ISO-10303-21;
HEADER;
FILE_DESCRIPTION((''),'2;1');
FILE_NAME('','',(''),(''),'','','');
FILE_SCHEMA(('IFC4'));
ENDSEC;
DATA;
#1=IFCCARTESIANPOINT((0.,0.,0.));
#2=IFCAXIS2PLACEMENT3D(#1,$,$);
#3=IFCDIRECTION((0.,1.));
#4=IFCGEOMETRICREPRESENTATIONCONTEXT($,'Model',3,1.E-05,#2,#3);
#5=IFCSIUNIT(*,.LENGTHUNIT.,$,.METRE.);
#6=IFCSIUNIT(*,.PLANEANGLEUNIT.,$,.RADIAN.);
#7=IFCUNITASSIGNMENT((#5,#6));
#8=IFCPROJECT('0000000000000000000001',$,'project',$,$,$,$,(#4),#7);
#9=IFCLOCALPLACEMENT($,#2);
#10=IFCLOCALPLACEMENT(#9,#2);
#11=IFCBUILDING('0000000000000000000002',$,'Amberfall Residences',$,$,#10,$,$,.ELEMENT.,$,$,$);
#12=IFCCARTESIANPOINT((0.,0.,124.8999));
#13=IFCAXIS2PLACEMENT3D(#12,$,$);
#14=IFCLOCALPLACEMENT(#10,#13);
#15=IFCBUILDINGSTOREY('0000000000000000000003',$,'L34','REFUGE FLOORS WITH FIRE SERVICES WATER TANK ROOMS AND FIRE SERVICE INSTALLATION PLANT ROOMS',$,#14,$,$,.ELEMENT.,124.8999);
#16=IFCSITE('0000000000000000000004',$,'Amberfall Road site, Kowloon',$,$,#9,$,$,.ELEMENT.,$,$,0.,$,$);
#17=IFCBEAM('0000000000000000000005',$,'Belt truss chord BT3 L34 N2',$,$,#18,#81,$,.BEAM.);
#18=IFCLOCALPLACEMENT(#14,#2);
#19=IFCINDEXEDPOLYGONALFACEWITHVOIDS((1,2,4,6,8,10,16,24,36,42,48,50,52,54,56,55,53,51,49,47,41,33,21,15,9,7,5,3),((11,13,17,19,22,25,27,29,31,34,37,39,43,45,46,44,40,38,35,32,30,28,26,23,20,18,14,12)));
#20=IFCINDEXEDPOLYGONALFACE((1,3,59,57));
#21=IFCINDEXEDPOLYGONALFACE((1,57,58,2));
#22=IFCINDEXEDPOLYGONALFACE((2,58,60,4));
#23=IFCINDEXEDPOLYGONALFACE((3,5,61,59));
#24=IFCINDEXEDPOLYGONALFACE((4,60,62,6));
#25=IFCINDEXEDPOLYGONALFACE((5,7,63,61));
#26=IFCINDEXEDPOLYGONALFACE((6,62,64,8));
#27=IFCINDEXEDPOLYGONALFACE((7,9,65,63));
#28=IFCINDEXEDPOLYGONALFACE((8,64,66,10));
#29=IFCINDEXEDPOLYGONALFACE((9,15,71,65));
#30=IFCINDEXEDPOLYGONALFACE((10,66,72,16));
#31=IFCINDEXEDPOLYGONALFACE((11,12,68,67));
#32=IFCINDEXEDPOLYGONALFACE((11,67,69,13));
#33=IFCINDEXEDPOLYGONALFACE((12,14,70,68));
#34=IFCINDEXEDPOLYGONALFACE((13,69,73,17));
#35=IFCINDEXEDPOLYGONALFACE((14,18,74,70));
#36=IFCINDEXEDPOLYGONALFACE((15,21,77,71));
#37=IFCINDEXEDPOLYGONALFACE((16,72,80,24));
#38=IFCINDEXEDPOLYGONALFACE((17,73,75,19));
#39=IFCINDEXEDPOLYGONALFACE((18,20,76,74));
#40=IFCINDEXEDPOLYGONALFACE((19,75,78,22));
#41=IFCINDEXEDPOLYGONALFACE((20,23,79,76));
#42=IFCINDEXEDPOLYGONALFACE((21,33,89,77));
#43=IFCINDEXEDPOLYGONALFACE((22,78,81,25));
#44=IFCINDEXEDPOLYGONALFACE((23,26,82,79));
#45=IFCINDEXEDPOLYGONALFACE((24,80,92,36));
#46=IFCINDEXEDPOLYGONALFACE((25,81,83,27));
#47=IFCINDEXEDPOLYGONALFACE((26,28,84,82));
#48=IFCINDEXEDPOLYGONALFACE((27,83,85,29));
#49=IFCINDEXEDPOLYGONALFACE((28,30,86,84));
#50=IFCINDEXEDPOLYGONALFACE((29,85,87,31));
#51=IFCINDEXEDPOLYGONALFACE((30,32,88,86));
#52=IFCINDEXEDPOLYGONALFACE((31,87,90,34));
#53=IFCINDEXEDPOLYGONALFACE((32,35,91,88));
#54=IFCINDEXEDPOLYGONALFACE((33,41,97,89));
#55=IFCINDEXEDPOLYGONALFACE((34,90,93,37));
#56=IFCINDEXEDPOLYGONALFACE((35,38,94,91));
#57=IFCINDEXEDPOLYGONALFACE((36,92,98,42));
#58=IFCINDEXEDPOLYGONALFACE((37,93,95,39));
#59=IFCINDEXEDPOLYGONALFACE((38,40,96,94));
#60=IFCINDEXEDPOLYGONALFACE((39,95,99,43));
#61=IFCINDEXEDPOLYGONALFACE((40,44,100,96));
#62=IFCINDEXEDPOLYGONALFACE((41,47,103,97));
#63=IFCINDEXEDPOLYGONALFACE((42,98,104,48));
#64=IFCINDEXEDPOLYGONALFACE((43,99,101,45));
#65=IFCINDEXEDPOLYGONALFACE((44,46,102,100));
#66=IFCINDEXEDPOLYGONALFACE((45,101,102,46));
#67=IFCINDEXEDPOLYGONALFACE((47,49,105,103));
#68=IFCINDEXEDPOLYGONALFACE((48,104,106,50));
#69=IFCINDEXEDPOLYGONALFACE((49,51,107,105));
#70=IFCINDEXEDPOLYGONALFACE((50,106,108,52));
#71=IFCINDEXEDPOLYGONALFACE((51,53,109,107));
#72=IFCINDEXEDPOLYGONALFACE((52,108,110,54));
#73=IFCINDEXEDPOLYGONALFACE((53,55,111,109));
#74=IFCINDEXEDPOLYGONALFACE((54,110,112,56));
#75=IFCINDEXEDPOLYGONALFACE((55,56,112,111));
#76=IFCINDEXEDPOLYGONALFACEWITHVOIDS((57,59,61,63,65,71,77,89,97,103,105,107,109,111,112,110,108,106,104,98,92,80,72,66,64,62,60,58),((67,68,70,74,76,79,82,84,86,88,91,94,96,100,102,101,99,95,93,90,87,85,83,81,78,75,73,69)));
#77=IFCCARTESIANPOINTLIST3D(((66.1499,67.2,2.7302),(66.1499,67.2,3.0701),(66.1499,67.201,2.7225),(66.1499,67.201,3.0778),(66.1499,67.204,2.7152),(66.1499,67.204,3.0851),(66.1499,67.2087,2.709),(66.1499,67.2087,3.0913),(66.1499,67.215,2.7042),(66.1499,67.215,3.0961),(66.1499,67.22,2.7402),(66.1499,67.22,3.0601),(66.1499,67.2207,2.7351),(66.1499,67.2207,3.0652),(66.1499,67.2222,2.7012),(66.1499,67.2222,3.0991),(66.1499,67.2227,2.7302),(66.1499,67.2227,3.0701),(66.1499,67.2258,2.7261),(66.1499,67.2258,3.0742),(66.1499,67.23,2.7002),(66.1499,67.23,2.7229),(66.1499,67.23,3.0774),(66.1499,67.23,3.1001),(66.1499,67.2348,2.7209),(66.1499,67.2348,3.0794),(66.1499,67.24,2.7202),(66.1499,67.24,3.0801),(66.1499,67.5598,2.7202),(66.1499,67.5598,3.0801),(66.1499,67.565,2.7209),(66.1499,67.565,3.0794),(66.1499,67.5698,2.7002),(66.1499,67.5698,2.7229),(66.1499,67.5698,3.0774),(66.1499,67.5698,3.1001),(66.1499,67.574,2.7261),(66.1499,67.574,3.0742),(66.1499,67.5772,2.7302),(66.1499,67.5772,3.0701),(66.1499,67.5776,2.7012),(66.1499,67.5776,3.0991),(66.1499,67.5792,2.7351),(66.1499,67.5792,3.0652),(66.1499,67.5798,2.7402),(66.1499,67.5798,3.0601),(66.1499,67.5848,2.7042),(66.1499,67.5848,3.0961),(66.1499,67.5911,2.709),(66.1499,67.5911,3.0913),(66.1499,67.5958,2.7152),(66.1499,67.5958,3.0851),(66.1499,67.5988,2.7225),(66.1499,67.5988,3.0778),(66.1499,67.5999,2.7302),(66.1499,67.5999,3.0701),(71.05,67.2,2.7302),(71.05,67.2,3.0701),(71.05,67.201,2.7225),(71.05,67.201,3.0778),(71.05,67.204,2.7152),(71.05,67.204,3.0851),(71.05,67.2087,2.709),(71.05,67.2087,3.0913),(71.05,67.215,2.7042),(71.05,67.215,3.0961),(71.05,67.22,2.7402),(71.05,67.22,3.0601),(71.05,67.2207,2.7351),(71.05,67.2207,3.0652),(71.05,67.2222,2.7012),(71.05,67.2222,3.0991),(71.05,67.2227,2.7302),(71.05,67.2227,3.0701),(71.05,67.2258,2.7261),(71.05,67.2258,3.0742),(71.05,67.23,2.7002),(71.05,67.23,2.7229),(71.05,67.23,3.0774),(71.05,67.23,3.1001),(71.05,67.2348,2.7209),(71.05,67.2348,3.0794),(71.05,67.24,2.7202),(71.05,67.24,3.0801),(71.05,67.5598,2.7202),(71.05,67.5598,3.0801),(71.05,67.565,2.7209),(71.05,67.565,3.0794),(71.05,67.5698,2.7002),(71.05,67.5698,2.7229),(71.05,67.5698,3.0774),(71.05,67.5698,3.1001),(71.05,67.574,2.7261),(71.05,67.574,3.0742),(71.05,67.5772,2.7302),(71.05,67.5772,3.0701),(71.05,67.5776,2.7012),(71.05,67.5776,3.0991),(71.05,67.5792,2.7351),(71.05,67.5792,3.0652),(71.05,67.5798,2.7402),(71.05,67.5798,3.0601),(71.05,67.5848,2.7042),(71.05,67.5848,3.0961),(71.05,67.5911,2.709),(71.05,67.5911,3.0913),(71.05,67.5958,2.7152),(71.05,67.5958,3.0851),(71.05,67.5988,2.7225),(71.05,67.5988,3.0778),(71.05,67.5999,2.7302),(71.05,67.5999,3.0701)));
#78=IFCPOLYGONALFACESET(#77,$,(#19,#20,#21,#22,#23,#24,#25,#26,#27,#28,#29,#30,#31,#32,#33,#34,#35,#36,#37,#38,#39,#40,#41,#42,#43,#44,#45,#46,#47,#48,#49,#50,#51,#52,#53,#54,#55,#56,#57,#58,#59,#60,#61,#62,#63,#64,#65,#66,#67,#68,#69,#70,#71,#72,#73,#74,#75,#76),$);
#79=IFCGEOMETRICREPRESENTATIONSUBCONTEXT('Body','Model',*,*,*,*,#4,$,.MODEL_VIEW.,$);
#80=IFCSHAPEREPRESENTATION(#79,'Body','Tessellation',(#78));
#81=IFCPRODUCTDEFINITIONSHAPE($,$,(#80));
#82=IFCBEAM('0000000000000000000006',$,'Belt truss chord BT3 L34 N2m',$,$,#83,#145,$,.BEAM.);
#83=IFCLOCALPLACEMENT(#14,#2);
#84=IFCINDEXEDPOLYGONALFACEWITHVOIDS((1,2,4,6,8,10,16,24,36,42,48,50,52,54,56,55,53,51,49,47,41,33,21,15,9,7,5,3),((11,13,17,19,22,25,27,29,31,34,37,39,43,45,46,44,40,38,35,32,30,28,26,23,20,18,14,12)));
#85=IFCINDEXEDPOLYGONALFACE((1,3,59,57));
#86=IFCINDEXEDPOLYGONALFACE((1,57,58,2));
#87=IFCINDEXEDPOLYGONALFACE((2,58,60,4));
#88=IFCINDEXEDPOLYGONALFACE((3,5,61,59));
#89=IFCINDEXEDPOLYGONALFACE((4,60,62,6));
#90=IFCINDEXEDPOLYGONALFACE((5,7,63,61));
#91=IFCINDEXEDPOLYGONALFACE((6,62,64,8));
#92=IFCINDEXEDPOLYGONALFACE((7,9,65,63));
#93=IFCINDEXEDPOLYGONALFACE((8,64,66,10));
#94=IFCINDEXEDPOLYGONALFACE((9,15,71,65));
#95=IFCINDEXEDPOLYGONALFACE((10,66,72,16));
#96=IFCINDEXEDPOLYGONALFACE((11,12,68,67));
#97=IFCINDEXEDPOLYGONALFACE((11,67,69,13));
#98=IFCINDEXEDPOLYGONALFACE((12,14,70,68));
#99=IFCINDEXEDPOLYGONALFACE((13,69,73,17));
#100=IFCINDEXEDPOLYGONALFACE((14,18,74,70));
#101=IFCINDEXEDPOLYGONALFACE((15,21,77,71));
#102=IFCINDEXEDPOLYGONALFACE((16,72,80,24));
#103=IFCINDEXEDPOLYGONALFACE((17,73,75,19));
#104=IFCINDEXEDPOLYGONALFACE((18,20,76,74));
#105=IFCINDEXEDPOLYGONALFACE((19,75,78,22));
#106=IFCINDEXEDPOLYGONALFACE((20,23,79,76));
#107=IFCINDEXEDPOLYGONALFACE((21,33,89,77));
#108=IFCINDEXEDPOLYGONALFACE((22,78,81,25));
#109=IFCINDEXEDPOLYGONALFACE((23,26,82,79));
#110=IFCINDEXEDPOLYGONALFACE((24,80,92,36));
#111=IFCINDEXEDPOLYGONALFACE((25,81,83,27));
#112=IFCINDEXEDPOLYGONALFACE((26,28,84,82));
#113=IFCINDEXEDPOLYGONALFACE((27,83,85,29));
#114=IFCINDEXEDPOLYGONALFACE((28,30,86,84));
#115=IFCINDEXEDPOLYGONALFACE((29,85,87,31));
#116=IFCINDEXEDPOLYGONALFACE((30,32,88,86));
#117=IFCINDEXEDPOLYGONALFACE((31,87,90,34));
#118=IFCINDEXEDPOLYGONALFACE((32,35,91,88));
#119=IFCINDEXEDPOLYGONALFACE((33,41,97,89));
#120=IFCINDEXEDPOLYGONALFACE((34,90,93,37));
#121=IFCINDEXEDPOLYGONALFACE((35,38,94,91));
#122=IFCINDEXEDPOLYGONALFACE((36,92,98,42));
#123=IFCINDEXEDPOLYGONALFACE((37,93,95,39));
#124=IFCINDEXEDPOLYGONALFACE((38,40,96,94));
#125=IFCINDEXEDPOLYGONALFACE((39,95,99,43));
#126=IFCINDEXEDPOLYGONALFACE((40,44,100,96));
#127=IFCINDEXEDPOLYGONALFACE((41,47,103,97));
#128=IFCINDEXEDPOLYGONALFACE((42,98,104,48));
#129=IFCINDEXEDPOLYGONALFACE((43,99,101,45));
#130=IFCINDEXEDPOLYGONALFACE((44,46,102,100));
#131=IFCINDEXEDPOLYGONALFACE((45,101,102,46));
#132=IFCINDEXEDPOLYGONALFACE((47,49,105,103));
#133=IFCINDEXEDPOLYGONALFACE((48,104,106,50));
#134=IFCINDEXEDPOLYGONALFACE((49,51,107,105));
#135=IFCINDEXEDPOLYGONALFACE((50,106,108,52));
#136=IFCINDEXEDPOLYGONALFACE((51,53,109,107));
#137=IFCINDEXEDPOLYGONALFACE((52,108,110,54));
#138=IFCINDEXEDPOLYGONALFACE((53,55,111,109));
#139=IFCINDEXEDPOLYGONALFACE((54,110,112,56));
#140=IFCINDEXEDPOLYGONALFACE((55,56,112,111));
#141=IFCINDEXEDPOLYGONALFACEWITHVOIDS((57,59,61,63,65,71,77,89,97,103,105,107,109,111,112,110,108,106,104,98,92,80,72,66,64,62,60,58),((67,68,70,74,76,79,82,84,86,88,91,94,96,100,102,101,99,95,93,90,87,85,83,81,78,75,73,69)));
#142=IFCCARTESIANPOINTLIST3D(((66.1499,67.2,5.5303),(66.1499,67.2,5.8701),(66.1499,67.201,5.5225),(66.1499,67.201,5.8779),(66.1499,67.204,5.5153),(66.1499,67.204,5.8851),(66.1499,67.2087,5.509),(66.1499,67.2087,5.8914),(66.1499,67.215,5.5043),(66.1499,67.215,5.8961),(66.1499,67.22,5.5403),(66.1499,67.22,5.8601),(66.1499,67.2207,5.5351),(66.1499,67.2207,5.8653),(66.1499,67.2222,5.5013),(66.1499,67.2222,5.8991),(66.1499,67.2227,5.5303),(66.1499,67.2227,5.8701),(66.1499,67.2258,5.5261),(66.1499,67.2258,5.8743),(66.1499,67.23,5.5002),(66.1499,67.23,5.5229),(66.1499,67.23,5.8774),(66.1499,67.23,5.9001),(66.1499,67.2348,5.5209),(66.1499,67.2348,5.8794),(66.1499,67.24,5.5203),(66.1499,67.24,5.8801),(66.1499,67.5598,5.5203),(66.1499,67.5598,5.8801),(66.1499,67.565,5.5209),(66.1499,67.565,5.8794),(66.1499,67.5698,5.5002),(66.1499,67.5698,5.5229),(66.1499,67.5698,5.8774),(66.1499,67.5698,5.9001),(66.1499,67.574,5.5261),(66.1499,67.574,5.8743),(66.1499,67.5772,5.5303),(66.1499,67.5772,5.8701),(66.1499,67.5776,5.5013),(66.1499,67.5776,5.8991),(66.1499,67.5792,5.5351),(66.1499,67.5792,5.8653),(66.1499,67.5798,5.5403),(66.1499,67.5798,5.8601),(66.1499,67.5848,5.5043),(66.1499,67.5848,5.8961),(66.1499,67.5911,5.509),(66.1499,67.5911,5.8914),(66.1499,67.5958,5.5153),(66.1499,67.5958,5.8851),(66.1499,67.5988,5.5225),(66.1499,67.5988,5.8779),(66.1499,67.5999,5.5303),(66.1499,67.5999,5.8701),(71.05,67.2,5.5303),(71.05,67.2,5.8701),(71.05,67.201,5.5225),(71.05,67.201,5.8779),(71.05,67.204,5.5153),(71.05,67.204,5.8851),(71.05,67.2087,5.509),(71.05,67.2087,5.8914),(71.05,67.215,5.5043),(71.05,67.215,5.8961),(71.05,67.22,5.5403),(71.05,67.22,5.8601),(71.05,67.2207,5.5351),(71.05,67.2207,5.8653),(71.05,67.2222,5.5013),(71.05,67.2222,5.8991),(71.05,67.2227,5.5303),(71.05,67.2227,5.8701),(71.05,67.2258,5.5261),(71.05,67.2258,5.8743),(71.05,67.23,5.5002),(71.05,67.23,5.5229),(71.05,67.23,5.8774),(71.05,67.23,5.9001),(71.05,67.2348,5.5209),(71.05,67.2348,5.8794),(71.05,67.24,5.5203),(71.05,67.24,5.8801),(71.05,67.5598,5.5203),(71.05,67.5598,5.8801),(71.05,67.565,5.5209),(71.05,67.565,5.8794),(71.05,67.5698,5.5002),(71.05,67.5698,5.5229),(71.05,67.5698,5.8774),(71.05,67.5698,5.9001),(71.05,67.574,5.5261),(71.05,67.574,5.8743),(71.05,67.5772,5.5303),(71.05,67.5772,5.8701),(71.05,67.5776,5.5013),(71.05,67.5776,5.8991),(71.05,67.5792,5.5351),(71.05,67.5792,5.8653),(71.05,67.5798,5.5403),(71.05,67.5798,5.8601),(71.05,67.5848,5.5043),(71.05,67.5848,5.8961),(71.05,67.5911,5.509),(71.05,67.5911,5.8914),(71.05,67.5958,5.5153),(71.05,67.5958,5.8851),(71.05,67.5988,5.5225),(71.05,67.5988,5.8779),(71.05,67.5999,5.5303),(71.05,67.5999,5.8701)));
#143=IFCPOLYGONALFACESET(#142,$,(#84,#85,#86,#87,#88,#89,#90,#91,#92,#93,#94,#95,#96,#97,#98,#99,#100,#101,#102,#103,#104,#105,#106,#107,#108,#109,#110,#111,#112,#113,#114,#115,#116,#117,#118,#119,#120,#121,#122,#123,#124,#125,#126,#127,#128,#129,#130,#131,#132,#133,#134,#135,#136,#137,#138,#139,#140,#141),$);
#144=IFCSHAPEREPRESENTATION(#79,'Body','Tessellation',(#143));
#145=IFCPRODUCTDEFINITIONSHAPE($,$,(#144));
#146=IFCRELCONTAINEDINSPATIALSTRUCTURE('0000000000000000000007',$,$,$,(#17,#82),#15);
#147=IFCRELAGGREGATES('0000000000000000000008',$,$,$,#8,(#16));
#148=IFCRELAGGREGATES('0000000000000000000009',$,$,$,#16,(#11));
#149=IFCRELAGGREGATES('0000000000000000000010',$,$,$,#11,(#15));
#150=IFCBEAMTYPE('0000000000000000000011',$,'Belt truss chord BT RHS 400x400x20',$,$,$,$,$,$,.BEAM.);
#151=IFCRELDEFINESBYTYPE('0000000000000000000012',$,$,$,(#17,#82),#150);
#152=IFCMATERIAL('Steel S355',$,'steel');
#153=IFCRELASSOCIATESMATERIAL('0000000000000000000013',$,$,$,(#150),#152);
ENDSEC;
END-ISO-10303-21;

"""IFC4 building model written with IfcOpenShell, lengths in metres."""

from ifc_helpers import new_model, si_unit, direction, frame, origin, origin_2d, place, context, subcontext, project, spatial, hollow_rectangle, extrude, material, material_profile, profile_set, type_object, element, save


model = new_model("IFC4")

# Units and contexts
model_context = context("Model", 3, precision=1e-05, world=origin(), true_north=direction((0.0, 1.0)))
body_context = subcontext(model_context, "Body", "Model", "MODEL_VIEW")
ifc_project = project(units=[si_unit("LENGTHUNIT", "METRE"), si_unit("PLANEANGLEUNIT", "RADIAN")], contexts=[model_context])

# Site, building, storey
site_placement = place(None, origin())
site = spatial("IfcSite", under=ifc_project, at=site_placement, Name="Amberfall Road site, Kowloon", CompositionType="ELEMENT", RefElevation=0.0)
building_placement = place(site_placement, origin())
building = spatial("IfcBuilding", under=site, at=building_placement, Name="Amberfall Residences", CompositionType="ELEMENT")
storey_placement = place(building_placement, frame((0.0, 0.0, 124.8999)))
storey = spatial("IfcBuildingStorey", under=building, at=storey_placement, Name="L34", Description="REFUGE FLOORS WITH FIRE SERVICES WATER TANK ROOMS AND FIRE SERVICE INSTALLATION PLANT ROOMS", CompositionType="ELEMENT", Elevation=124.8999)

# Beams
ifc_material_1 = material(Name="Steel S355", Category="steel")
ifc_material_profile_1 = material_profile(ifc_material_1, hollow_rectangle(XDim=0.3999, YDim=0.3999, WallThickness=0.02, InnerFilletRadius=0.02, OuterFilletRadius=0.03, at=origin_2d()), Name="RHS 400x400x20")
ifc_profile_set_1 = profile_set([ifc_material_profile_1], Name="Steel S355")
beam_type_1 = type_object("IfcBeamType", Name="Belt truss chord BT RHS 400x400x20", PredefinedType="BEAM", material=ifc_profile_set_1)
for number, where, z_axis, x_axis, name in (
    (1, (66.1499, 67.3999, 2.9001), (1.0, 0.0, 0.0), (0.0, 1.0, 0.0), "Belt truss chord BT3 L34 N2"),
    (2, (66.1499, 67.3999, 5.7002), (1.0, 0.0, 0.0), (0.0, 1.0, 0.0), "Belt truss chord BT3 L34 N2m"),
):
    element("IfcBeam", number, at=place(storey_placement, frame(where, z_axis=z_axis, x_axis=x_axis)), inside=storey, type_object=beam_type_1, Name=name, PredefinedType="BEAM", context=body_context, shape_type="SweptSolid", body=[
        extrude(hollow_rectangle(XDim=0.3999, YDim=0.3999, WallThickness=0.02, InnerFilletRadius=0.02, OuterFilletRadius=0.03, at=origin_2d()), origin(), (0.0, 0.0, 1.0), 4.9001),
    ])

save(model, "model.ifc")
